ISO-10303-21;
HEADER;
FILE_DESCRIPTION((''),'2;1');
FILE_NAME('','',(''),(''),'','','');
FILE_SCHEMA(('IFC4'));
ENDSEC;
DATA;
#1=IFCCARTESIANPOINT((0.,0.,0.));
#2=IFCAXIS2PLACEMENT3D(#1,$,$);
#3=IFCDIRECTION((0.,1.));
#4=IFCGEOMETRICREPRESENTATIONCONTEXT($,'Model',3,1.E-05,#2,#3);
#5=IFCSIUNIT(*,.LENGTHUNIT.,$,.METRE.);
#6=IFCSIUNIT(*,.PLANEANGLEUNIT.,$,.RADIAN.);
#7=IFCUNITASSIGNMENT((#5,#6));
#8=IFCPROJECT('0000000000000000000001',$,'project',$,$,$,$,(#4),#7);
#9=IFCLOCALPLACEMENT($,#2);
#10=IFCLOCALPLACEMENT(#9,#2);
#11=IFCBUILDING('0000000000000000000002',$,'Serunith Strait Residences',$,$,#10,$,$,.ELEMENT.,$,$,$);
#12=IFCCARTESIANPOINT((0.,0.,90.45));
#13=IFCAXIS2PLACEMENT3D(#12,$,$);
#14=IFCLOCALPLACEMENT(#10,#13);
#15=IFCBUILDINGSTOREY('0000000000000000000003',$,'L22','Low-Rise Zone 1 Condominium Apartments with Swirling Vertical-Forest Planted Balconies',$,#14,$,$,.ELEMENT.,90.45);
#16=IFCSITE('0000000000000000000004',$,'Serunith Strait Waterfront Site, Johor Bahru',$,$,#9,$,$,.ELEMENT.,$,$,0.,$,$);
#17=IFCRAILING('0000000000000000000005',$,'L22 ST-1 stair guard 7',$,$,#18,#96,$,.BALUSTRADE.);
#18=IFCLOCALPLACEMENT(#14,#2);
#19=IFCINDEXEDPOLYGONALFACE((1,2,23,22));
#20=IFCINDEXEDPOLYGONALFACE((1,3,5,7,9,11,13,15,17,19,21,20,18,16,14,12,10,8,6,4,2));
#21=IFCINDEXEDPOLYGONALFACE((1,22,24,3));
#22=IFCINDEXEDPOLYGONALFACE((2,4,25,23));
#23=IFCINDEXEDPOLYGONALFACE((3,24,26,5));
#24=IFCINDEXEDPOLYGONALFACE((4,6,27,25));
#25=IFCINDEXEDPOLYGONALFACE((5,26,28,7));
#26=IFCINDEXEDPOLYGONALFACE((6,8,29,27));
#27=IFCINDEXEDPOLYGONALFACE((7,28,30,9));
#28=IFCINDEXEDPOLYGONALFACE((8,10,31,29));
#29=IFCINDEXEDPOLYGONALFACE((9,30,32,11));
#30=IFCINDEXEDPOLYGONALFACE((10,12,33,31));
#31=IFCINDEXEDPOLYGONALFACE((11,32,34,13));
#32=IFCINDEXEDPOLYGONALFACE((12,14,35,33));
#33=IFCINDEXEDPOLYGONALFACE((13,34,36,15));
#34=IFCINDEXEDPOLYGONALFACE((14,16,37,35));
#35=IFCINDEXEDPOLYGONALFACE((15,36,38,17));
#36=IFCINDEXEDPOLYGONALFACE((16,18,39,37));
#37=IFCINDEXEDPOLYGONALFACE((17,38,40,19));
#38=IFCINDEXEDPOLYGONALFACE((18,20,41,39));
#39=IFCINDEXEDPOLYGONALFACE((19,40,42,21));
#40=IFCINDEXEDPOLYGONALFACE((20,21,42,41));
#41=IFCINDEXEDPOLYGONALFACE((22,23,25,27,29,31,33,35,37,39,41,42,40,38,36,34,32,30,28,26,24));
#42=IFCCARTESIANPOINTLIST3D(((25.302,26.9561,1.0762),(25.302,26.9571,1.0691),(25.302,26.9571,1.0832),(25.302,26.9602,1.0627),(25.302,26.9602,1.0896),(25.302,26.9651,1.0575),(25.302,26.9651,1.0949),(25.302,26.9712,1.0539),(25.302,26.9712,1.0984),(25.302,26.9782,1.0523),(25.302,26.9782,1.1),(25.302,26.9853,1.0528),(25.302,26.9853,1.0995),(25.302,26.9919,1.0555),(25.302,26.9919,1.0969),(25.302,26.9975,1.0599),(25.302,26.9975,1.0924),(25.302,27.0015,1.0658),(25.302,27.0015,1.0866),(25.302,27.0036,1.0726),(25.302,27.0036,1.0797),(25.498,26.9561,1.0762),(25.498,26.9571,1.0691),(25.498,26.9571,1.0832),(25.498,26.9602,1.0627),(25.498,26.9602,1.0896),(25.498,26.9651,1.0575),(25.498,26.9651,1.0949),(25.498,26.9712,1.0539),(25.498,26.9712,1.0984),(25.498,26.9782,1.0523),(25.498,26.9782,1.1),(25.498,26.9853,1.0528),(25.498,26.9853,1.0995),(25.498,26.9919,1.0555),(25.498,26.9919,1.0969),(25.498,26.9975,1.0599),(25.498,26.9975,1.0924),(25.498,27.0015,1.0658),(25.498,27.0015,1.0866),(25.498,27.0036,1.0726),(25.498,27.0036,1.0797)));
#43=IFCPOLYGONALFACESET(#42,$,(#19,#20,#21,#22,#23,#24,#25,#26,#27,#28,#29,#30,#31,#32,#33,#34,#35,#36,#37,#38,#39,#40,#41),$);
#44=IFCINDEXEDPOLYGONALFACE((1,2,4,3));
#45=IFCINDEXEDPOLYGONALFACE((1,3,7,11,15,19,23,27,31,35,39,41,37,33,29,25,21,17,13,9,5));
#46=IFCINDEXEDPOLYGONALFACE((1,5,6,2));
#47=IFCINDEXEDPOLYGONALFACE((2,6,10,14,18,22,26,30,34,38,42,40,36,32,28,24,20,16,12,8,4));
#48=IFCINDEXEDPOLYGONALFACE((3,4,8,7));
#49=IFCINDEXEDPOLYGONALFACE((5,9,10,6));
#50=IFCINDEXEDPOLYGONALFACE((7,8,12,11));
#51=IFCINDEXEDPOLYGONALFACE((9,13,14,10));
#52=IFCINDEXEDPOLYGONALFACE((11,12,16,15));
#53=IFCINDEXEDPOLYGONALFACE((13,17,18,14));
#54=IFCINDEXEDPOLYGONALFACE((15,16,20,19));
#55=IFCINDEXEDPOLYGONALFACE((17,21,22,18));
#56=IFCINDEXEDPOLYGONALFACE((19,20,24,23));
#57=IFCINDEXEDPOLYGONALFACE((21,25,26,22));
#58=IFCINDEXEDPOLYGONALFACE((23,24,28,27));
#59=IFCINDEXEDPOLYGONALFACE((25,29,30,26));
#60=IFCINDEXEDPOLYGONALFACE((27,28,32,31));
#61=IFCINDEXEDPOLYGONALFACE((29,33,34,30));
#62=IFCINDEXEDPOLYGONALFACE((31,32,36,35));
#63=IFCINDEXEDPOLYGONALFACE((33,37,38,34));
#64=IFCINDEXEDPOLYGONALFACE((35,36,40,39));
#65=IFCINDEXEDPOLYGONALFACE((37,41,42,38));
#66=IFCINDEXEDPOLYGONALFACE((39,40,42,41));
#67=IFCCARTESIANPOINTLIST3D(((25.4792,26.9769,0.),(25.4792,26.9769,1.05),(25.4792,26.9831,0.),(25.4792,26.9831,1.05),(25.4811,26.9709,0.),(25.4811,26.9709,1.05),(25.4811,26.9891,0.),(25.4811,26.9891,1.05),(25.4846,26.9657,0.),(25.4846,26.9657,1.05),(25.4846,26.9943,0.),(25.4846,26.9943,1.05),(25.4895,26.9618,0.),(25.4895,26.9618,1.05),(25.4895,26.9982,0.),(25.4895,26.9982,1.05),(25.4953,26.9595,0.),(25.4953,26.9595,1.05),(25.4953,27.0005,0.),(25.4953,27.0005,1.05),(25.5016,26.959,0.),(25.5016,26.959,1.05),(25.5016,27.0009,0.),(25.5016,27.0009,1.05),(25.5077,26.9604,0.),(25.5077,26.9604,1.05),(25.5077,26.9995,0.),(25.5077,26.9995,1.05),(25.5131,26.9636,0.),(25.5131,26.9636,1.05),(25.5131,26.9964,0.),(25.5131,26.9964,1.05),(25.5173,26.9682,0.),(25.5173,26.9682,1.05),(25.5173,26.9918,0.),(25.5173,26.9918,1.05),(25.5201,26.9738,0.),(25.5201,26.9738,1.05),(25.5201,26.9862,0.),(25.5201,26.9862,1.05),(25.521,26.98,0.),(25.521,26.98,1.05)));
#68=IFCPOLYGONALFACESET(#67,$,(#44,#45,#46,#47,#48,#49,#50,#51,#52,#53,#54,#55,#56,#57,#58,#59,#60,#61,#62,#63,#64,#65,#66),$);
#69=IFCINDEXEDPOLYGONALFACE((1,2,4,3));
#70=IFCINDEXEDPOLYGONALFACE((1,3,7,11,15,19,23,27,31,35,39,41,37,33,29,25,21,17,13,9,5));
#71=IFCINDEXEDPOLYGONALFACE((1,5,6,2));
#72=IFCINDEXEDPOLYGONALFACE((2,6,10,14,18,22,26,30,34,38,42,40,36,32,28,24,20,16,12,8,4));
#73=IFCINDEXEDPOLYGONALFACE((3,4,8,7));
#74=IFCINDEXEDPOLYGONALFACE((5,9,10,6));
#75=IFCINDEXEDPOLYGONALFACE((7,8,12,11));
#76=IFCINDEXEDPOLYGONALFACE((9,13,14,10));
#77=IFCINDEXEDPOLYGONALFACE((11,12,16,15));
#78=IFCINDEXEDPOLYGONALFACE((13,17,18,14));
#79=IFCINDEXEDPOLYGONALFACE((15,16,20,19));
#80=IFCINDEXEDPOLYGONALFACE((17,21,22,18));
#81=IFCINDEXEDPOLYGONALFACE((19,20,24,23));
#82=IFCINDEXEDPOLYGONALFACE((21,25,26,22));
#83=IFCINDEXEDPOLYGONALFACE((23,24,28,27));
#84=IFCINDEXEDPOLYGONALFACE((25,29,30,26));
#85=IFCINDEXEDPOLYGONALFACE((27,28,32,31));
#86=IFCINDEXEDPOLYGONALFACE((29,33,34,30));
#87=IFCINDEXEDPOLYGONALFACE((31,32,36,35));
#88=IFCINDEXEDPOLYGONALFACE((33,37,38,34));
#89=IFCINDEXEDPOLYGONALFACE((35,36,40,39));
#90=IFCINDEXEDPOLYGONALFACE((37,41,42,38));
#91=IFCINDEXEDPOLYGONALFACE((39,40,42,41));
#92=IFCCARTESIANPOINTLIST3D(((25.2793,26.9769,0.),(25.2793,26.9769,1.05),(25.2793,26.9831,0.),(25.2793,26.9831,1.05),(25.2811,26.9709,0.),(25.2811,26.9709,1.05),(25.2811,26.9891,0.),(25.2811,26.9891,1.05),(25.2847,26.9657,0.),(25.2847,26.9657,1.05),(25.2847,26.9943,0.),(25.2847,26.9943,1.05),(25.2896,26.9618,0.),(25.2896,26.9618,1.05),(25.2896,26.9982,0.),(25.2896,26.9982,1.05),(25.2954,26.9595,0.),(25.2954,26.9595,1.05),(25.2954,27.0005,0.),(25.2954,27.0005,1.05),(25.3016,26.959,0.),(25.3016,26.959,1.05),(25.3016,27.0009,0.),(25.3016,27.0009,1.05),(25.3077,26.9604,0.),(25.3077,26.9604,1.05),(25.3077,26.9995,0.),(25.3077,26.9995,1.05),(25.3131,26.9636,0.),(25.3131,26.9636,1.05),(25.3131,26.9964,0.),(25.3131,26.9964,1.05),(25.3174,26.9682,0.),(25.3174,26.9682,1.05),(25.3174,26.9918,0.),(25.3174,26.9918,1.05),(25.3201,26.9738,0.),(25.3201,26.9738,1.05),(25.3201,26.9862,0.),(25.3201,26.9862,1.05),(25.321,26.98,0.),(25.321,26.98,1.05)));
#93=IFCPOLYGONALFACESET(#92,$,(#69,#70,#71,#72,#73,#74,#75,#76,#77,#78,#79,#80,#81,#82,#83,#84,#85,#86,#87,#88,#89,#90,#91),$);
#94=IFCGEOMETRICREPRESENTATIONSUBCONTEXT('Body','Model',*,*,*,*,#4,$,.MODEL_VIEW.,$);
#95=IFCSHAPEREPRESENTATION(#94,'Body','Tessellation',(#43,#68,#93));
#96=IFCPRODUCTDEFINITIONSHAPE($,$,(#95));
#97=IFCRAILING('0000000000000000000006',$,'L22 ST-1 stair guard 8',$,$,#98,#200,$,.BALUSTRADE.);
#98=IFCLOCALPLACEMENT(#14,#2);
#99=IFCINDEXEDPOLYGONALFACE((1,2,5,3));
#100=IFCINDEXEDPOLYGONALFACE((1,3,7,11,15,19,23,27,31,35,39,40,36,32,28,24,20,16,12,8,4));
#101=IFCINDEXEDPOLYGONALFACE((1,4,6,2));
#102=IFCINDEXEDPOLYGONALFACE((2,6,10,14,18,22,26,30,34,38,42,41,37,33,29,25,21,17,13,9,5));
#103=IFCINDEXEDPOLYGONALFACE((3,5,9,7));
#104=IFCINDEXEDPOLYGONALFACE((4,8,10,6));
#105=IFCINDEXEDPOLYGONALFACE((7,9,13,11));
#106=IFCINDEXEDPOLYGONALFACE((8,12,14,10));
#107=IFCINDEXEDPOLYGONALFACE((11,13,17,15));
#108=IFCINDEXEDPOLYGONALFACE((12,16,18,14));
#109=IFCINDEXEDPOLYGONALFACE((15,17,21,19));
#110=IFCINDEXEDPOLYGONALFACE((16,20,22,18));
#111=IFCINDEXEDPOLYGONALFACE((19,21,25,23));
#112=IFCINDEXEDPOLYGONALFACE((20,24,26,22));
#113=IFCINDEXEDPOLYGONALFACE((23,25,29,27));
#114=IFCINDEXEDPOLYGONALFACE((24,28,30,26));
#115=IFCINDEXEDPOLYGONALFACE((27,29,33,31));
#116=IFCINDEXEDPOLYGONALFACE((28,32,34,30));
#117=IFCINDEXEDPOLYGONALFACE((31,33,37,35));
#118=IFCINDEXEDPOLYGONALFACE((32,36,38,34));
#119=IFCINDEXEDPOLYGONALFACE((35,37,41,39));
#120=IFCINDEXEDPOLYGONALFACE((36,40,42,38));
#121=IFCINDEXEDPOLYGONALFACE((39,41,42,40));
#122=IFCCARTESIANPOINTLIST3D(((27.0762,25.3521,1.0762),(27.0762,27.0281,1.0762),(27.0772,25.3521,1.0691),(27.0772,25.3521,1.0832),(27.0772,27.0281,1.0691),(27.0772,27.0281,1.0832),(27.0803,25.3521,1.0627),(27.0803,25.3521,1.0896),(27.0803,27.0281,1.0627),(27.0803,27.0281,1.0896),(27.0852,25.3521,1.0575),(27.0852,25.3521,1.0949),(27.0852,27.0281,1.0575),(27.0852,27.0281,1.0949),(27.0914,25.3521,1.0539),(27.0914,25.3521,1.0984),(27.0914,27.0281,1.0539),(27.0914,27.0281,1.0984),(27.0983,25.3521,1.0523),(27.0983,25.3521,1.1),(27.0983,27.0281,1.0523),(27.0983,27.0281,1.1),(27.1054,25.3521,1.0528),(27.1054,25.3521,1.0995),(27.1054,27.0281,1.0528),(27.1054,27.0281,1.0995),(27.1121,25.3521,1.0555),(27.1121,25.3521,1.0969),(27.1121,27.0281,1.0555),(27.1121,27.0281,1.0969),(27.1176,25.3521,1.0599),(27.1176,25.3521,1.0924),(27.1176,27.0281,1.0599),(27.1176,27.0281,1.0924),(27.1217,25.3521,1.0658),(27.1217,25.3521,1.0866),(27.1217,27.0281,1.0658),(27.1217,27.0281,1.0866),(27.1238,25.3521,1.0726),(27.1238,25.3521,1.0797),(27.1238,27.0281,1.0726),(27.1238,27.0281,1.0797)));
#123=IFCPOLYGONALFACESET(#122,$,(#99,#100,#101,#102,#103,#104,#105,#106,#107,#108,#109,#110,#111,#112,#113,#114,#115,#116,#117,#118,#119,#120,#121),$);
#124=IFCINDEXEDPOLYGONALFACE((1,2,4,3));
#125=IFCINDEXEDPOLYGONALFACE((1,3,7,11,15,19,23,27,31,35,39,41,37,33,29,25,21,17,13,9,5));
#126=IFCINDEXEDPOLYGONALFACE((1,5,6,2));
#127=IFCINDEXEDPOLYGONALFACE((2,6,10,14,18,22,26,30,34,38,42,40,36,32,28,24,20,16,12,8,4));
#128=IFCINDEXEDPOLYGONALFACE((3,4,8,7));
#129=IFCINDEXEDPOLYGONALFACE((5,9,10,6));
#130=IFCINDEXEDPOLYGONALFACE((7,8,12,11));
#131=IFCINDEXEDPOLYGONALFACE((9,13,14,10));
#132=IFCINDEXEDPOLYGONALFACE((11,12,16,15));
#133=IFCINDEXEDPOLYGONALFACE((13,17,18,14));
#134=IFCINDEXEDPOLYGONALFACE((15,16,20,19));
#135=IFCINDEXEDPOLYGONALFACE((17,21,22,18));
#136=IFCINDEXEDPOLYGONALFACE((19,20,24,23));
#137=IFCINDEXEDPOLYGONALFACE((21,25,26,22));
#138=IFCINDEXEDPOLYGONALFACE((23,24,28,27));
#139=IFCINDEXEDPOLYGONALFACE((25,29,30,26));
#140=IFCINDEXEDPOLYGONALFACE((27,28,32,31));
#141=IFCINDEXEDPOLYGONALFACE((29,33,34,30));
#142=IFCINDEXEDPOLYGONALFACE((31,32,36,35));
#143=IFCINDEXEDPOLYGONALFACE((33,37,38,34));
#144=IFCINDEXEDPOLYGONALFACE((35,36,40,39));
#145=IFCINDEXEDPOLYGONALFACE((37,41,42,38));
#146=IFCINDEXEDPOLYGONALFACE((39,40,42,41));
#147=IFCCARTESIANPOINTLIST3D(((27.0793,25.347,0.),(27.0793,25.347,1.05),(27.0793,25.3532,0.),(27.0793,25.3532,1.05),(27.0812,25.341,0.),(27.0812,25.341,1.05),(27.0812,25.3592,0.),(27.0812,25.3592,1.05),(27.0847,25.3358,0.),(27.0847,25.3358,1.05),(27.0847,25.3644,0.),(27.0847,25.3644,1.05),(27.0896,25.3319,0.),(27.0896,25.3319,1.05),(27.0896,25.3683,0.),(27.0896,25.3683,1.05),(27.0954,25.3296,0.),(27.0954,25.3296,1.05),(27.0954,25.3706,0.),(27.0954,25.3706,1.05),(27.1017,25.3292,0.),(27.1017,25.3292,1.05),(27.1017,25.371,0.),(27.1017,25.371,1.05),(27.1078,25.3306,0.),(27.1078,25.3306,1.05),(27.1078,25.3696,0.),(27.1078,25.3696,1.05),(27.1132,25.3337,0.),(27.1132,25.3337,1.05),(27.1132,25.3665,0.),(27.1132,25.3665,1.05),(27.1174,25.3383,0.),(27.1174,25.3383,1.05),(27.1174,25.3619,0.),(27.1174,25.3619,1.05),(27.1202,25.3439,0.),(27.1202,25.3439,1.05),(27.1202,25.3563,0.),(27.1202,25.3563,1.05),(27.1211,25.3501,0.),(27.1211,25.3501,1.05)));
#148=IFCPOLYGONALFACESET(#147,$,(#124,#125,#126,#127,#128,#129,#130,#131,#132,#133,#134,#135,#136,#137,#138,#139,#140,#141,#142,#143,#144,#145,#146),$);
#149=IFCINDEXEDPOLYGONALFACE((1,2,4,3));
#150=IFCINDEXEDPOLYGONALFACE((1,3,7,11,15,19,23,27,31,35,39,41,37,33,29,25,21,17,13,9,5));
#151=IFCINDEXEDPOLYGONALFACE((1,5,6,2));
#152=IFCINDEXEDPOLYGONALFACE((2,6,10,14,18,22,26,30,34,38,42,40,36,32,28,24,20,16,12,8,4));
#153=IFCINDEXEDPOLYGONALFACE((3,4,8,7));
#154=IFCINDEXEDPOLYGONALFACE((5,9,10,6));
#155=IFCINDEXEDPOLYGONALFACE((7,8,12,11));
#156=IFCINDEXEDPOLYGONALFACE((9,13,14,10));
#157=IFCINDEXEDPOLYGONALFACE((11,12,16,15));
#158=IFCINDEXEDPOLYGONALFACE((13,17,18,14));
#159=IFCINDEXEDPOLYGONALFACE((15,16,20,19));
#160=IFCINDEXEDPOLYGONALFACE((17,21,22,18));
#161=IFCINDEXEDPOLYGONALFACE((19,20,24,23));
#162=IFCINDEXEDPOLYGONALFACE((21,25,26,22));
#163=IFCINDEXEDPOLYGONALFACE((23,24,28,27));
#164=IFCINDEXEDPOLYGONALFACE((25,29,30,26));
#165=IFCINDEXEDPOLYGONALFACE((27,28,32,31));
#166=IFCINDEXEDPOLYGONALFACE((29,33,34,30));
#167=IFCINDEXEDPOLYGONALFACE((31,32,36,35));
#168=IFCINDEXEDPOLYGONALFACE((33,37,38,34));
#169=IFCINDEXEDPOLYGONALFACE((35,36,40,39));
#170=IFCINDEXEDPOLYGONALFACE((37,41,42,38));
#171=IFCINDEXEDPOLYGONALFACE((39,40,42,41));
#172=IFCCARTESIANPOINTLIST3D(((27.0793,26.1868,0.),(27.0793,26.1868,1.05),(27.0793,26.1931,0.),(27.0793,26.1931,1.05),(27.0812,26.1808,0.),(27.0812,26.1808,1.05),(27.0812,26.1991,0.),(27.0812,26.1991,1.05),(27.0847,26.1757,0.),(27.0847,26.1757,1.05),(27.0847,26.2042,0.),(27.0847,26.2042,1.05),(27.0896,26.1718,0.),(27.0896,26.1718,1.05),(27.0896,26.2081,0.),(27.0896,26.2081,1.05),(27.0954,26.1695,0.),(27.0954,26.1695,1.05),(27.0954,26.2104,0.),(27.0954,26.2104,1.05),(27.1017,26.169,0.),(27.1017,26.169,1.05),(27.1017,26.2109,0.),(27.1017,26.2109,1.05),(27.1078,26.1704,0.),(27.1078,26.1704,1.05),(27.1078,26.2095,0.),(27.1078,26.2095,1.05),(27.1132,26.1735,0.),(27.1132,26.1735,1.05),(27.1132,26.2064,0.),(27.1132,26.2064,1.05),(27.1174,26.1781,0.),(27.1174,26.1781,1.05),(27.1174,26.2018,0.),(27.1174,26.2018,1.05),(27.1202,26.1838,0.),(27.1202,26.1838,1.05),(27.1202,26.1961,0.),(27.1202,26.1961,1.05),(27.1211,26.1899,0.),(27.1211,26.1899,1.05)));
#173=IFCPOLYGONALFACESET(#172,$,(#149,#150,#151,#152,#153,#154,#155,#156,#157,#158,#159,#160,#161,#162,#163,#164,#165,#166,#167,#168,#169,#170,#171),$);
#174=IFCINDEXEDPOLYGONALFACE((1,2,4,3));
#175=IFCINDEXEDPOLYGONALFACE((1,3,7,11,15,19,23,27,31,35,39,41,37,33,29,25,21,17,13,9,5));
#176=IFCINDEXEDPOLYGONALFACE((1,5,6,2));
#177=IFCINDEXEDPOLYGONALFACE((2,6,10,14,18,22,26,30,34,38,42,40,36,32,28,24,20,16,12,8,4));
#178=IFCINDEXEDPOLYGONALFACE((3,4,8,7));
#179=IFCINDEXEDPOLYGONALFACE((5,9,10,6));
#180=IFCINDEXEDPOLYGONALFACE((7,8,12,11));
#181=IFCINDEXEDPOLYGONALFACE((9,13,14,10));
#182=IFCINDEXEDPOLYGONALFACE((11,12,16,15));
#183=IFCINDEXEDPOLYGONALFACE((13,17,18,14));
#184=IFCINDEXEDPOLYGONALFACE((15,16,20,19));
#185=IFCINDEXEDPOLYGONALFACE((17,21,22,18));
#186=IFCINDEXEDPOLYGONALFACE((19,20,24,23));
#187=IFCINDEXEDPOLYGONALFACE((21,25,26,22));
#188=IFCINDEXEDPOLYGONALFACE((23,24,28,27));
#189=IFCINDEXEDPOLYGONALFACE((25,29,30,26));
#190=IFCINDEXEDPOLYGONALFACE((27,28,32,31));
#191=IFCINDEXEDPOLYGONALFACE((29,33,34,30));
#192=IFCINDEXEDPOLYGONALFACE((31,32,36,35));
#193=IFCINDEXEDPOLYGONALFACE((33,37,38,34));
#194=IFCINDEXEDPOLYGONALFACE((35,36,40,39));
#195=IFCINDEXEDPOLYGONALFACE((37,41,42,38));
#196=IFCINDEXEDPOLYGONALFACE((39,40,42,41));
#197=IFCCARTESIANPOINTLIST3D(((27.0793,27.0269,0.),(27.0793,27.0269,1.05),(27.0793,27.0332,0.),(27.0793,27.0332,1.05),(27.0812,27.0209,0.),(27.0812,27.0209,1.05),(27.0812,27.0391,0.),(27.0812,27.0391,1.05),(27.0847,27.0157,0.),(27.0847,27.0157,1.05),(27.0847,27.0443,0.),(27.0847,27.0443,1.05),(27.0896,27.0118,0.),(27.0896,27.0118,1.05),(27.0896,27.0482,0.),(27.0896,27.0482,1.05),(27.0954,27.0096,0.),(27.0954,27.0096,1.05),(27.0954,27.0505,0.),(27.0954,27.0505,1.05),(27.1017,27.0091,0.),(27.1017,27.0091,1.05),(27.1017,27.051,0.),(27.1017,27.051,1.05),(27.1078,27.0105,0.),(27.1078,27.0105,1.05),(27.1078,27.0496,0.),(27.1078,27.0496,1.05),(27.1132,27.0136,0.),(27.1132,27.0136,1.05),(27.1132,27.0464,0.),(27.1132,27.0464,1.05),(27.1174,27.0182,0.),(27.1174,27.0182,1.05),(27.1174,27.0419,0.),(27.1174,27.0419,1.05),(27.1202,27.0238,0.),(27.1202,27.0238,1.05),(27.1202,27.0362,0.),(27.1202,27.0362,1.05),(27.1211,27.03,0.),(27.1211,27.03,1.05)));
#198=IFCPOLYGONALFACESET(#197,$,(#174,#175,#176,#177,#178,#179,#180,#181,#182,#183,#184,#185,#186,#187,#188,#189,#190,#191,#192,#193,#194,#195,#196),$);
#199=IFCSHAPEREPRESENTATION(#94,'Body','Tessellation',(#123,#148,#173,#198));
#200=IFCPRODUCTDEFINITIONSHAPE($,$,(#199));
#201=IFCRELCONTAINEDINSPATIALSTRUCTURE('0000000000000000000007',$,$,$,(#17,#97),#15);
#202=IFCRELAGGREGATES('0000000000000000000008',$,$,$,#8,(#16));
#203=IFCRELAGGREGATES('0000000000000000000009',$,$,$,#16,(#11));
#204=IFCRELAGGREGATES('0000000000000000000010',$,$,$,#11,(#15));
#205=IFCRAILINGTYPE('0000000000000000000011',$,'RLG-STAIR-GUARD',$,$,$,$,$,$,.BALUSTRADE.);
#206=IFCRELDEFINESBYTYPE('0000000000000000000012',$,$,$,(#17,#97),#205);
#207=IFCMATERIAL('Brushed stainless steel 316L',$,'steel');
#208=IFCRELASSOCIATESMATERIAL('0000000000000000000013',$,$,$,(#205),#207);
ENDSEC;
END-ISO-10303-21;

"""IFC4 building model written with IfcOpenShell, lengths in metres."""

from ifc_helpers import new_model, si_unit, direction, frame, origin, origin_2d, place, context, subcontext, project, spatial, circle, extrude, material, type_object, element, save


model = new_model("IFC4")

# Units and contexts
model_context = context("Model", 3, precision=1e-05, world=origin(), true_north=direction((0.0, 1.0)))
body_context = subcontext(model_context, "Body", "Model", "MODEL_VIEW")
ifc_project = project(units=[si_unit("LENGTHUNIT", "METRE"), si_unit("PLANEANGLEUNIT", "RADIAN")], contexts=[model_context])

# Site, building, storey
site_placement = place(None, origin())
site = spatial("IfcSite", under=ifc_project, at=site_placement, Name="Serunith Strait Waterfront Site, Johor Bahru", CompositionType="ELEMENT", RefElevation=0.0)
building_placement = place(site_placement, origin())
building = spatial("IfcBuilding", under=site, at=building_placement, Name="Serunith Strait Residences", CompositionType="ELEMENT")
storey_placement = place(building_placement, frame((0.0, 0.0, 90.45)))
storey = spatial("IfcBuildingStorey", under=building, at=storey_placement, Name="L22", Description="Low-Rise Zone 1 Condominium Apartments with Swirling Vertical-Forest Planted Balconies", CompositionType="ELEMENT", Elevation=90.45)

# Railings
ifc_material_1 = material(Name="Brushed stainless steel 316L", Category="steel")
railing_type_1 = type_object("IfcRailingType", Name="RLG-STAIR-GUARD", PredefinedType="BALUSTRADE", material=ifc_material_1)
railing_1_placement = place(storey_placement, frame((25.5, 26.98, 0.0)))
element("IfcRailing", 1, at=railing_1_placement, inside=storey, type_object=railing_type_1, Name="L22 ST-1 stair guard 7", PredefinedType="BALUSTRADE", context=body_context, shape_type="SweptSolid", body=[
    extrude(circle(Radius=0.0239, at=origin_2d()), frame((-0.002, 0.0, 1.0762), z_axis=(-1.0, 0.0, 0.0), x_axis=(0.0, -1.0, 0.0)), (0.0, 0.0, 1.0), 0.196),
    extrude(circle(Radius=0.021, at=origin_2d()), origin(), (0.0, 0.0, 1.0), 1.05),
    extrude(circle(Radius=0.021, at=origin_2d()), frame((-0.2, 0.0, 0.0)), (0.0, 0.0, 1.0), 1.05),
])
for number, where, name in (
    (2, (27.1001, 25.3501, 0.0), "L22 ST-1 stair guard 8"),
):
    element("IfcRailing", number, at=place(storey_placement, frame(where)), inside=storey, type_object=railing_type_1, Name=name, PredefinedType="BALUSTRADE", context=body_context, shape_type="SweptSolid", body=[
        extrude(circle(Radius=0.0239, at=origin_2d()), frame((0.0, 0.002, 1.0762), z_axis=(0.0, 1.0, 0.0), x_axis=(-1.0, 0.0, 0.0)), (0.0, 0.0, 1.0), 1.676),
        extrude(circle(Radius=0.021, at=origin_2d()), origin(), (0.0, 0.0, 1.0), 1.05),
        extrude(circle(Radius=0.021, at=origin_2d()), frame((0.0, 0.8398, 0.0)), (0.0, 0.0, 1.0), 1.05),
        extrude(circle(Radius=0.021, at=origin_2d()), frame((0.0, 1.6799, 0.0)), (0.0, 0.0, 1.0), 1.05),
    ])

save(model, "model.ifc")
